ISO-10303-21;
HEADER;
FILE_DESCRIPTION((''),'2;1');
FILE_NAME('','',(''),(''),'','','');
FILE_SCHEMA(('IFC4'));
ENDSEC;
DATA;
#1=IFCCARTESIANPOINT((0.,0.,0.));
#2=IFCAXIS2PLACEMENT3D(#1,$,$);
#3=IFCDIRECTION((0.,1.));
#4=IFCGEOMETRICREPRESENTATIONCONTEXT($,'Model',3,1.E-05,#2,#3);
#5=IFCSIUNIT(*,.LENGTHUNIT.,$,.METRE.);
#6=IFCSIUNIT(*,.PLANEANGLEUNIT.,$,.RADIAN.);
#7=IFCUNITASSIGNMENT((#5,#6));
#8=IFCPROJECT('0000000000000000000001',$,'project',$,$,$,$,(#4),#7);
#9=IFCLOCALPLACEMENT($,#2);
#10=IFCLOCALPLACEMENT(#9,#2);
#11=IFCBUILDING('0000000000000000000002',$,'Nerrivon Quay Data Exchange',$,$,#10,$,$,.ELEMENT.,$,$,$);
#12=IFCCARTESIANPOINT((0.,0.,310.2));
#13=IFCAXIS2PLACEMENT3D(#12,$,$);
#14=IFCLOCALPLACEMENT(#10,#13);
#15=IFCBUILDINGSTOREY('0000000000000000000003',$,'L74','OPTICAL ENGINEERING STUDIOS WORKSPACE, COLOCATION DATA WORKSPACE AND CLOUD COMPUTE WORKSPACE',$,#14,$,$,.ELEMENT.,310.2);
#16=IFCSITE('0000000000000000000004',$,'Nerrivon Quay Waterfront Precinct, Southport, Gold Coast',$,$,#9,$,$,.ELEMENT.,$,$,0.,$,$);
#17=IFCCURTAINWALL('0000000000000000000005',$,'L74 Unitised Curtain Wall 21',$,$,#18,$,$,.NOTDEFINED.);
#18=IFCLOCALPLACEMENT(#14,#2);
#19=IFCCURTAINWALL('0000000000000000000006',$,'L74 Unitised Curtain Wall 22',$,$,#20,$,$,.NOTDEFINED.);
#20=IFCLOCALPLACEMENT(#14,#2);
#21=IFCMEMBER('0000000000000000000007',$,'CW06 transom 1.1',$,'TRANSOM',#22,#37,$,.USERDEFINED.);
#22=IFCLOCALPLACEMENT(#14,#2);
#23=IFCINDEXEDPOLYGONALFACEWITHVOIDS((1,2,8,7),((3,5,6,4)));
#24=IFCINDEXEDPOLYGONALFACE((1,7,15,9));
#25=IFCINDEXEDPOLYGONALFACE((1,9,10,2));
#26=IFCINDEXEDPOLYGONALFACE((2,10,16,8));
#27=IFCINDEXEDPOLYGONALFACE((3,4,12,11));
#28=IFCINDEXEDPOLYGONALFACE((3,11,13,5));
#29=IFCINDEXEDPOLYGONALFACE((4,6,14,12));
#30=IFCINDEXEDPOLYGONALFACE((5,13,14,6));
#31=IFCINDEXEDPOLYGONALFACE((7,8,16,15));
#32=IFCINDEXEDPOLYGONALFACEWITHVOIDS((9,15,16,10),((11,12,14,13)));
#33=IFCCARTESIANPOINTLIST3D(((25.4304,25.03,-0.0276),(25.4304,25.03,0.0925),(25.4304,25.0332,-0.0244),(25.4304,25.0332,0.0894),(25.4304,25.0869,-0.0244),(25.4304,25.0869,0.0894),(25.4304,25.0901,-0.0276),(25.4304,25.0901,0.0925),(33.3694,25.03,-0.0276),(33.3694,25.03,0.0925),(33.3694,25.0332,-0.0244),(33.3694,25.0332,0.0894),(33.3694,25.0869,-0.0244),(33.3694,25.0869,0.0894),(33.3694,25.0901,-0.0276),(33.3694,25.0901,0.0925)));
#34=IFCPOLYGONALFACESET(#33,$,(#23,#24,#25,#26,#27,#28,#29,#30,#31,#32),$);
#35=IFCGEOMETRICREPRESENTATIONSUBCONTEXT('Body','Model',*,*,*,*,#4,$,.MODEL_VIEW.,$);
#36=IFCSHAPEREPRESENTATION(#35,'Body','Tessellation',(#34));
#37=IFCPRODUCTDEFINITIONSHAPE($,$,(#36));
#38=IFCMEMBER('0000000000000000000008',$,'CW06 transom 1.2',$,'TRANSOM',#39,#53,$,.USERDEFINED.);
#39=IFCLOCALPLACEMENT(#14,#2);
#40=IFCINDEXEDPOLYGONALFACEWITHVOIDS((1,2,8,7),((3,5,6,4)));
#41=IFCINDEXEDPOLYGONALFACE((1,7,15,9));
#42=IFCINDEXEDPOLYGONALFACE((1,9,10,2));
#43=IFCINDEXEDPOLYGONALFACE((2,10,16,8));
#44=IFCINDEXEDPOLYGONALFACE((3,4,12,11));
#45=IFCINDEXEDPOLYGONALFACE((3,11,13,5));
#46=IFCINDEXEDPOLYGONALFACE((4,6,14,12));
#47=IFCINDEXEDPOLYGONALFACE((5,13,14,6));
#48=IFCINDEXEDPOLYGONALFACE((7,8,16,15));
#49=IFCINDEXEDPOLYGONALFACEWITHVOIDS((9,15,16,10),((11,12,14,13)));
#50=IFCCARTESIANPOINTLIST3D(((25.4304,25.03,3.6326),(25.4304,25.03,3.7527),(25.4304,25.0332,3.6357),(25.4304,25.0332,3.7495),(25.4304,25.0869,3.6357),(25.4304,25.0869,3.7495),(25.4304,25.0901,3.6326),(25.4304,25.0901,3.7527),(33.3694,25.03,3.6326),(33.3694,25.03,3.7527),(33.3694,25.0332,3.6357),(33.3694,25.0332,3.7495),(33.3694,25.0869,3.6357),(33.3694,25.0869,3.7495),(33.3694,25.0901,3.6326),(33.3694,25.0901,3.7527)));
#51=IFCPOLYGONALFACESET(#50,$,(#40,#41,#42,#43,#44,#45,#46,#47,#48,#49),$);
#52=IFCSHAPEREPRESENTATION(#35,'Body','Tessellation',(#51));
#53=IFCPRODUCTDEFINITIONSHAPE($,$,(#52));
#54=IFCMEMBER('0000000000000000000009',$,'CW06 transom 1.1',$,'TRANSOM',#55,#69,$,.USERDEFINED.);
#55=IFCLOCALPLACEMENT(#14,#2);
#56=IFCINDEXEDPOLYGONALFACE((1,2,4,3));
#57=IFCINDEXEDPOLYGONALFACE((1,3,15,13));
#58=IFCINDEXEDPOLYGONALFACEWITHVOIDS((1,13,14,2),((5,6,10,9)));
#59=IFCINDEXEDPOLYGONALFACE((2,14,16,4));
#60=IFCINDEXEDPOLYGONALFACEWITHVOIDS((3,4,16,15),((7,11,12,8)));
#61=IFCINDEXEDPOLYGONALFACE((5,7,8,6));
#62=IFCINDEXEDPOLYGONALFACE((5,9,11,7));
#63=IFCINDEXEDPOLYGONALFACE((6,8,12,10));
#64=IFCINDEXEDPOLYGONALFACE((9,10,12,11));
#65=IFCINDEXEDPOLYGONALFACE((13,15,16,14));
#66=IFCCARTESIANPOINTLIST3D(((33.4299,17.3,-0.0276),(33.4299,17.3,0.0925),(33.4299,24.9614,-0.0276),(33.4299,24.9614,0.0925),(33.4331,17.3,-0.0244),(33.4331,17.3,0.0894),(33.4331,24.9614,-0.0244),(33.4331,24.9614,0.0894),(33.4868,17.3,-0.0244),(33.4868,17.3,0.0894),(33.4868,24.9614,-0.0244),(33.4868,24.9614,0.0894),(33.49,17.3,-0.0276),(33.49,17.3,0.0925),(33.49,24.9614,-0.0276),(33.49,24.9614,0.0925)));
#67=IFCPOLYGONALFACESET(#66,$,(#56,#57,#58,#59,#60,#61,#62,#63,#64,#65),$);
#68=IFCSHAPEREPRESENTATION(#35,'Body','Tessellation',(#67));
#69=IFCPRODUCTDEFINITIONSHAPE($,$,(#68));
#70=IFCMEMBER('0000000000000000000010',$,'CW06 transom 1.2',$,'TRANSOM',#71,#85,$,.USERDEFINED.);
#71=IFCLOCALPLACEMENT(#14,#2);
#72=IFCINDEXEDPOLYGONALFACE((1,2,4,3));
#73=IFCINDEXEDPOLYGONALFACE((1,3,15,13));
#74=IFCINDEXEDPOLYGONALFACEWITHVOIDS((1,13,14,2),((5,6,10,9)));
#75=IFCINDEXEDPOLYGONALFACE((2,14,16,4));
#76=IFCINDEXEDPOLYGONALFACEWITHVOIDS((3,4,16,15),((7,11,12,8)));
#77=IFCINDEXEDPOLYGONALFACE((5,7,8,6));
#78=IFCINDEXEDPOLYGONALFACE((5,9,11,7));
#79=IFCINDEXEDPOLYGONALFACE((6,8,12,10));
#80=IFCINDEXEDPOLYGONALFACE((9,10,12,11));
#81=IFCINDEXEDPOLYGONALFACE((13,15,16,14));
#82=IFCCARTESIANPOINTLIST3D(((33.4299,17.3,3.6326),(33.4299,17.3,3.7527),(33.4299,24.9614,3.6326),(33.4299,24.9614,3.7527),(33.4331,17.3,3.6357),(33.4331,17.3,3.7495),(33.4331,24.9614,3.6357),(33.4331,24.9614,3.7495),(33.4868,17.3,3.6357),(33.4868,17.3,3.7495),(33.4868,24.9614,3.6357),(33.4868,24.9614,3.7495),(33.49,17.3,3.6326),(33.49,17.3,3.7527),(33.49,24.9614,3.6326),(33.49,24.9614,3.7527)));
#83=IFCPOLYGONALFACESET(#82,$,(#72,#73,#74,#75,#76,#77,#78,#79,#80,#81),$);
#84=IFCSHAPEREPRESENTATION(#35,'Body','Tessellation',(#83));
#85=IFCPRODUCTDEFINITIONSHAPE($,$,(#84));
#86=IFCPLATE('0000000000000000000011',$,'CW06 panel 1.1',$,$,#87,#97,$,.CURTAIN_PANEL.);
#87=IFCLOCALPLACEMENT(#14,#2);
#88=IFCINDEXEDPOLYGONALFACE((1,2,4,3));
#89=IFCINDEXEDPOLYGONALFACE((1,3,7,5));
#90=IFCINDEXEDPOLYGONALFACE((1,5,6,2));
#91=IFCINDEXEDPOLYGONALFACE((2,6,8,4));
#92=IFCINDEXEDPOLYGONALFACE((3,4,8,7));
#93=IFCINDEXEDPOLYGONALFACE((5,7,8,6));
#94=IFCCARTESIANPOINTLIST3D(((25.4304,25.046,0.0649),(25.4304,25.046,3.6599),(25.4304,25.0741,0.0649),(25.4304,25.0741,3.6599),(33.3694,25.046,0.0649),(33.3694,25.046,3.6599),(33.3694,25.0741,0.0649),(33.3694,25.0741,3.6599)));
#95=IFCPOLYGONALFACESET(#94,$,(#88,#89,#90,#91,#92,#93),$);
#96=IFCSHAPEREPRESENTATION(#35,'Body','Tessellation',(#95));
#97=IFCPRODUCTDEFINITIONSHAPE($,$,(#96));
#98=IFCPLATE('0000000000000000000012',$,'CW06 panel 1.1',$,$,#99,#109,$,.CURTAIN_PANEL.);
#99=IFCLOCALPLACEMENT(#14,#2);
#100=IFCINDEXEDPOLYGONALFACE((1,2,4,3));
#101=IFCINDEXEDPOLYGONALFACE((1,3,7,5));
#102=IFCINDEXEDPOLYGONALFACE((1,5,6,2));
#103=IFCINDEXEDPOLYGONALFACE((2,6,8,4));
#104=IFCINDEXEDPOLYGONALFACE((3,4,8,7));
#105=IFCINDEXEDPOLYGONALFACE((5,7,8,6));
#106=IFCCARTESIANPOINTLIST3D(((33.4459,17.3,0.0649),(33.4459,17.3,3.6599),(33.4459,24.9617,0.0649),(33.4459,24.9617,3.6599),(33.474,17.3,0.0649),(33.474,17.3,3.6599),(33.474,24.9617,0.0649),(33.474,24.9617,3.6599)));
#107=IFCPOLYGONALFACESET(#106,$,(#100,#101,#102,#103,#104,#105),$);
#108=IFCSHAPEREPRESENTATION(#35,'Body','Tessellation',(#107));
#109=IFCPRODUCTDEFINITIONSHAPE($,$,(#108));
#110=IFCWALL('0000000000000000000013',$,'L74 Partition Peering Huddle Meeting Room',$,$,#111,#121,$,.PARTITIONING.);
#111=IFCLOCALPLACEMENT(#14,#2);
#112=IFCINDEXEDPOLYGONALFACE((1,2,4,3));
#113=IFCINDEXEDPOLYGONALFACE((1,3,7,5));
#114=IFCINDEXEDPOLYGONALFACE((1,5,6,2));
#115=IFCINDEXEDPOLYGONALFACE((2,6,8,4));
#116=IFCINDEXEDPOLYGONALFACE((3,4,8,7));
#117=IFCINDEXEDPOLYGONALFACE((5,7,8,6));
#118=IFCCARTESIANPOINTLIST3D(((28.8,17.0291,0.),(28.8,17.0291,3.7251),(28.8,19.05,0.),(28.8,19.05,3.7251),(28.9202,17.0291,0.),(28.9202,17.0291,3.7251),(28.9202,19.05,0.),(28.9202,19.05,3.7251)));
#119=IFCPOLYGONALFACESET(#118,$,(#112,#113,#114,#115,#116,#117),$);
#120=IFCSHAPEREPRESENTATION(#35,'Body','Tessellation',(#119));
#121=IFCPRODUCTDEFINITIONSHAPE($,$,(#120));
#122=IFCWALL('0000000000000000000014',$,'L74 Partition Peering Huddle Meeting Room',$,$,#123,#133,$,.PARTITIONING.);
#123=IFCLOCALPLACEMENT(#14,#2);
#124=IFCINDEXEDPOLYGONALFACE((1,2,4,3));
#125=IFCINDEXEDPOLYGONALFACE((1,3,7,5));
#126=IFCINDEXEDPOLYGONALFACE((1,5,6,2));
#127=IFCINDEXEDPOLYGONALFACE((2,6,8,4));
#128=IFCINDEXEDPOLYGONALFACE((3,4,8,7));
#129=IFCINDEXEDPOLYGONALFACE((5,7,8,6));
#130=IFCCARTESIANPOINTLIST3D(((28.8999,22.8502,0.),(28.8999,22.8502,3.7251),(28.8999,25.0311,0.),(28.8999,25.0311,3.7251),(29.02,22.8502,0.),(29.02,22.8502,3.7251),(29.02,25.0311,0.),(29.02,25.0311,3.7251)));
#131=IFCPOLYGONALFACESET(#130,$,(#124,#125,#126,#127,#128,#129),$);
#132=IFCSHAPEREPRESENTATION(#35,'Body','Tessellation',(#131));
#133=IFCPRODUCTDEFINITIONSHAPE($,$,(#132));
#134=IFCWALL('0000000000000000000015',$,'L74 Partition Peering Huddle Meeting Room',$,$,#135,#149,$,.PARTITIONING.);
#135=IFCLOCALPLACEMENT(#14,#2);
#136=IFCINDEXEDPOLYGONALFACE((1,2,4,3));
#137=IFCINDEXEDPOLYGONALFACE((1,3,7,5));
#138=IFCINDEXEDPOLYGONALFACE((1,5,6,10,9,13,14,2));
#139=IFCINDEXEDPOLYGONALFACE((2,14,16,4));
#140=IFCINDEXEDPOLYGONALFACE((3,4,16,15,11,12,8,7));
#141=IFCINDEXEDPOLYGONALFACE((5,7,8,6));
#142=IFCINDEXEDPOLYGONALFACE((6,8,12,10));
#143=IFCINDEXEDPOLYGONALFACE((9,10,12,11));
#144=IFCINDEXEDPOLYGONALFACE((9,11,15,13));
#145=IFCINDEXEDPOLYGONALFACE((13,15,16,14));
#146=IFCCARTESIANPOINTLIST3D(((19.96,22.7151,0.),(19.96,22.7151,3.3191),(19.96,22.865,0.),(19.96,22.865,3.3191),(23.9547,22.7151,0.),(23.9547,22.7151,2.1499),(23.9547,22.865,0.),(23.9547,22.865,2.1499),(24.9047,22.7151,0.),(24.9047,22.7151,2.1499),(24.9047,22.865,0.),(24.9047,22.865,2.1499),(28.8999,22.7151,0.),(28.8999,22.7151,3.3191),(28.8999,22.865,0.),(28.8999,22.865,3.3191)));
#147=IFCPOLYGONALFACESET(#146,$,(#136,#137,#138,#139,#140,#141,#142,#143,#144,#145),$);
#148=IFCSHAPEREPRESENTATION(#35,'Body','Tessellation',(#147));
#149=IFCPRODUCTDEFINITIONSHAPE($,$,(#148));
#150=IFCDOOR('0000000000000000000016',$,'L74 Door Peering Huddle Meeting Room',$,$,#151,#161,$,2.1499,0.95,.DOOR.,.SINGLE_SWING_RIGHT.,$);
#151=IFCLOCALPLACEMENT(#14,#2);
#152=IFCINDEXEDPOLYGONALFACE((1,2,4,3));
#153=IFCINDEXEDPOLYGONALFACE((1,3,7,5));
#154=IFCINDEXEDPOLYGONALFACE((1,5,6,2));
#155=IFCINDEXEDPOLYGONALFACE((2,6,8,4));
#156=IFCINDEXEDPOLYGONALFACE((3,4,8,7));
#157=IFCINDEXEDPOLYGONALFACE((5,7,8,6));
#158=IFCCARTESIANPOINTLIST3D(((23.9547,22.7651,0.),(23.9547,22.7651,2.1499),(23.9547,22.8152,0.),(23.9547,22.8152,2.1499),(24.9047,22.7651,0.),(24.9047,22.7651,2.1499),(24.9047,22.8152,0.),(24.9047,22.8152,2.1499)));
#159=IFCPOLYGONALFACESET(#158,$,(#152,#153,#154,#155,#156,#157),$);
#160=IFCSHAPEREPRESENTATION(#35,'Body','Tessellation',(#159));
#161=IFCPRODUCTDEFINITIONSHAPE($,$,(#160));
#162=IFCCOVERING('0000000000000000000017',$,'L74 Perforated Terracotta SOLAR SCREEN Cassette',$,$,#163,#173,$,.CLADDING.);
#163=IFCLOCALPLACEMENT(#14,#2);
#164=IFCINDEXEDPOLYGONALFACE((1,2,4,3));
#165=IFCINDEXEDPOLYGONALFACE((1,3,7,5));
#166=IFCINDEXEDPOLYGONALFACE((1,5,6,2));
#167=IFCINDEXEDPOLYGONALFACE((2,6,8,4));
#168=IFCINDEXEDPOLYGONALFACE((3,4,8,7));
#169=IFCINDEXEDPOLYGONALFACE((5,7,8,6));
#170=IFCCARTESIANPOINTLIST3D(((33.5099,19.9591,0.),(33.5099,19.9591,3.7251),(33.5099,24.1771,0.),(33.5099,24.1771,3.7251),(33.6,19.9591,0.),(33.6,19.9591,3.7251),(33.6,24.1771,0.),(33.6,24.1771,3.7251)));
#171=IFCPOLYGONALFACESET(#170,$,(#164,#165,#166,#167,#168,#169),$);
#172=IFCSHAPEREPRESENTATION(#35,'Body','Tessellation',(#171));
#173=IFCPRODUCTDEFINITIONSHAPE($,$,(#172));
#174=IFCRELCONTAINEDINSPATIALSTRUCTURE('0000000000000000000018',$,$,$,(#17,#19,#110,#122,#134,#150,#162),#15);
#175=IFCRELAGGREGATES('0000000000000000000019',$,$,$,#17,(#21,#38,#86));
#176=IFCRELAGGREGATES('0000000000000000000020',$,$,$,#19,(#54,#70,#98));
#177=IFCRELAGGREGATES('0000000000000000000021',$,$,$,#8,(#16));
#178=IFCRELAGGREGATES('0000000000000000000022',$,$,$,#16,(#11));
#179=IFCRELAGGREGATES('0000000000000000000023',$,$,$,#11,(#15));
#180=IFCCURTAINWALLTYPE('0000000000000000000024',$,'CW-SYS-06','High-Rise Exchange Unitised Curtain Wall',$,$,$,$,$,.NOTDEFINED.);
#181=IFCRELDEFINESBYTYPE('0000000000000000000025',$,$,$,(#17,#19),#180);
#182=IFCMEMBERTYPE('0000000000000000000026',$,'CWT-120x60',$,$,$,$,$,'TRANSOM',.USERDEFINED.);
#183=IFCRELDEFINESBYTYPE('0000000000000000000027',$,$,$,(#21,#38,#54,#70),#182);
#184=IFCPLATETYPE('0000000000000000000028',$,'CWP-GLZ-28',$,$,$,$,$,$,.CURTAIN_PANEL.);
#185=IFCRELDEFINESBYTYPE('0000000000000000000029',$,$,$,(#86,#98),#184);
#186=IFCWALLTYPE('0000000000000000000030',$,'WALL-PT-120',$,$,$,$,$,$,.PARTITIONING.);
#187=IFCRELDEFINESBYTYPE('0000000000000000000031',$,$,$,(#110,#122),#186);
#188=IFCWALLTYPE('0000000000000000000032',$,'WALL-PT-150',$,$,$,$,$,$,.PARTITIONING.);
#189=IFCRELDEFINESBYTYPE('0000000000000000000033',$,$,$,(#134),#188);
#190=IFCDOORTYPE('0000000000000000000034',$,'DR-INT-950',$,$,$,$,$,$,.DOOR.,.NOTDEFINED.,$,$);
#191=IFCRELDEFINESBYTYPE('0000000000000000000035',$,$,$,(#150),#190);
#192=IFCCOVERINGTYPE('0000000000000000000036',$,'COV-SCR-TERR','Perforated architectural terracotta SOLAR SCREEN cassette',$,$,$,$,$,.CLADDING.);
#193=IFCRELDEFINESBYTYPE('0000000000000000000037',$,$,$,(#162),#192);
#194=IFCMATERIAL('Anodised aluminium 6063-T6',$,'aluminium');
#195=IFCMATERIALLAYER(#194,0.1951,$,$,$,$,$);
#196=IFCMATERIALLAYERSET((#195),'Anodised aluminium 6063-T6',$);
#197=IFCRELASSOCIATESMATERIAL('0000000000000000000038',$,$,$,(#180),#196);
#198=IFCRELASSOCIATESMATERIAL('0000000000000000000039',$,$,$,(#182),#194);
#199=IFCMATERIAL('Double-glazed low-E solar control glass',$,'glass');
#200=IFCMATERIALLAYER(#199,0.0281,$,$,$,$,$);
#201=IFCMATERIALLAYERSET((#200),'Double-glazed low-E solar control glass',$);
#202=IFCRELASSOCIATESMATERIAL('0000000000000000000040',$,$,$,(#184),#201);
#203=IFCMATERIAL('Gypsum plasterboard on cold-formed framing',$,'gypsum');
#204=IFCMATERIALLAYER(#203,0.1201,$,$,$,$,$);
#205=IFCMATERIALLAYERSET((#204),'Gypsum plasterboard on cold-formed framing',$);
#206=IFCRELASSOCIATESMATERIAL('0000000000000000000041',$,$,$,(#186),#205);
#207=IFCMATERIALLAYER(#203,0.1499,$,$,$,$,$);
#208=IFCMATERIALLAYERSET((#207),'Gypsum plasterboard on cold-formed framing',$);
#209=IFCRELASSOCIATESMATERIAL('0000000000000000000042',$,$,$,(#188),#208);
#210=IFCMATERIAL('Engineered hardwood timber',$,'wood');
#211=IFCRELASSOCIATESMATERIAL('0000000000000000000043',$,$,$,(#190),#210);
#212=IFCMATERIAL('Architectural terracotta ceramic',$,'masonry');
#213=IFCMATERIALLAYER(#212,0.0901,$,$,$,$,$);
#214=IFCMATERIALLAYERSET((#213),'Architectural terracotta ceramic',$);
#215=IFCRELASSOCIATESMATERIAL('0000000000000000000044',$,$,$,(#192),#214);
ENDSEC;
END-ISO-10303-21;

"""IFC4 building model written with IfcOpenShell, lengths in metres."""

from ifc_helpers import new_model, si_unit, direction, frame, frame_2d, origin, origin_2d, place, context, subcontext, project, spatial, rectangle, hollow_rectangle, extrude, material, layer, layer_set, material_profile, profile_set, type_object, element, fill, aggregate, save


model = new_model("IFC4")

# Units and contexts
model_context = context("Model", 3, precision=1e-05, world=origin(), true_north=direction((0.0, 1.0)))
body_context = subcontext(model_context, "Body", "Model", "MODEL_VIEW")
ifc_project = project(units=[si_unit("LENGTHUNIT", "METRE"), si_unit("PLANEANGLEUNIT", "RADIAN")], contexts=[model_context])

# Site, building, storey
site_placement = place(None, origin())
site = spatial("IfcSite", under=ifc_project, at=site_placement, Name="Nerrivon Quay Waterfront Precinct, Southport, Gold Coast", CompositionType="ELEMENT", RefElevation=0.0)
building_placement = place(site_placement, origin())
building = spatial("IfcBuilding", under=site, at=building_placement, Name="Nerrivon Quay Data Exchange", CompositionType="ELEMENT")
storey_placement = place(building_placement, frame((0.0, 0.0, 310.2)))
storey = spatial("IfcBuildingStorey", under=building, at=storey_placement, Name="L74", Description="OPTICAL ENGINEERING STUDIOS WORKSPACE, COLOCATION DATA WORKSPACE AND CLOUD COMPUTE WORKSPACE", CompositionType="ELEMENT", Elevation=310.2)

# Curtain walls
ifc_material_1 = material(Name="Anodised aluminium 6063-T6", Category="aluminium")
ifc_layer_1 = layer(ifc_material_1, 0.1951)
ifc_layer_set_1 = layer_set([ifc_layer_1], Name="Anodised aluminium 6063-T6")
curtain_wall_type = type_object("IfcCurtainWallType", Name="CW-SYS-06", Description="High-Rise Exchange Unitised Curtain Wall", PredefinedType="NOTDEFINED", material=ifc_layer_set_1)
curtain_wall_1_placement = place(storey_placement, origin())
curtain_wall_1 = element("IfcCurtainWall", 1, at=curtain_wall_1_placement, inside=storey, type_object=curtain_wall_type, Name="L74 Unitised Curtain Wall 21", PredefinedType="NOTDEFINED")
curtain_wall_2_placement = place(storey_placement, origin())
curtain_wall_2 = element("IfcCurtainWall", 2, at=curtain_wall_2_placement, inside=storey, type_object=curtain_wall_type, Name="L74 Unitised Curtain Wall 22", PredefinedType="NOTDEFINED")

# Members
ifc_material_profile_1 = material_profile(ifc_material_1, hollow_rectangle(XDim=0.0601, YDim=0.1201, WallThickness=0.0032, at=origin_2d()), Name="ALU-TRAN-120x60")
ifc_profile_set_1 = profile_set([ifc_material_profile_1], Name="Anodised aluminium 6063-T6")
member_type_1 = type_object("IfcMemberType", Name="CWT-120x60", ElementType="TRANSOM", PredefinedType="USERDEFINED", material=ifc_profile_set_1)
member_1_placement = place(storey_placement, frame((25.4304, 25.0601, 0.0325), z_axis=(1.0, 0.0, 0.0), x_axis=(0.0, 1.0, 0.0)))
member_1 = element("IfcMember", 3, at=member_1_placement, type_object=member_type_1, Name="CW06 transom 1.1", ObjectType="TRANSOM", PredefinedType="USERDEFINED", context=body_context, shape_type="SweptSolid", body=[
    extrude(hollow_rectangle(XDim=0.0601, YDim=0.1201, WallThickness=0.0032, at=origin_2d()), origin(), (0.0, 0.0, 1.0), 7.939),
])
member_2_placement = place(storey_placement, frame((25.4304, 25.0601, 3.6926), z_axis=(1.0, 0.0, 0.0), x_axis=(0.0, 1.0, 0.0)))
member_2 = element("IfcMember", 4, at=member_2_placement, type_object=member_type_1, Name="CW06 transom 1.2", ObjectType="TRANSOM", PredefinedType="USERDEFINED", context=body_context, shape_type="SweptSolid", body=[
    extrude(hollow_rectangle(XDim=0.0601, YDim=0.1201, WallThickness=0.0032, at=origin_2d()), origin(), (0.0, 0.0, 1.0), 7.939),
])
member_3_placement = place(storey_placement, frame((33.46, 24.9614, 0.0325), z_axis=(0.0, -1.0, 0.0), x_axis=(1.0, 0.0, 0.0)))
member_3 = element("IfcMember", 5, at=member_3_placement, type_object=member_type_1, Name="CW06 transom 1.1", ObjectType="TRANSOM", PredefinedType="USERDEFINED", context=body_context, shape_type="SweptSolid", body=[
    extrude(hollow_rectangle(XDim=0.0601, YDim=0.1201, WallThickness=0.0032, at=origin_2d()), origin(), (0.0, 0.0, 1.0), 7.6614),
])
member_4_placement = place(storey_placement, frame((33.46, 24.9614, 3.6926), z_axis=(0.0, -1.0, 0.0), x_axis=(1.0, 0.0, 0.0)))
member_4 = element("IfcMember", 6, at=member_4_placement, type_object=member_type_1, Name="CW06 transom 1.2", ObjectType="TRANSOM", PredefinedType="USERDEFINED", context=body_context, shape_type="SweptSolid", body=[
    extrude(hollow_rectangle(XDim=0.0601, YDim=0.1201, WallThickness=0.0032, at=origin_2d()), origin(), (0.0, 0.0, 1.0), 7.6614),
])

# Plates
ifc_material_2 = material(Name="Double-glazed low-E solar control glass", Category="glass")
ifc_layer_2 = layer(ifc_material_2, 0.0281)
ifc_layer_set_2 = layer_set([ifc_layer_2], Name="Double-glazed low-E solar control glass")
plate_type = type_object("IfcPlateType", Name="CWP-GLZ-28", PredefinedType="CURTAIN_PANEL", material=ifc_layer_set_2)
plate_1_placement = place(storey_placement, frame((29.3999, 25.0601, 0.0649), z_axis=(0.0, 0.0, 1.0), x_axis=(1.0, 0.0, 0.0)))
plate_1 = element("IfcPlate", 7, at=plate_1_placement, type_object=plate_type, Name="CW06 panel 1.1", PredefinedType="CURTAIN_PANEL", context=body_context, shape_type="SweptSolid", body=[
    extrude(rectangle(XDim=7.939, YDim=0.0281, at=origin_2d()), origin(), (0.0, 0.0, 1.0), 3.595),
])
aggregate(curtain_wall_1, [member_1, member_2, plate_1])
plate_2_placement = place(storey_placement, frame((33.46, 21.1309, 0.0649), z_axis=(0.0, 0.0, 1.0), x_axis=(0.0, -1.0, 0.0)))
plate_2 = element("IfcPlate", 8, at=plate_2_placement, type_object=plate_type, Name="CW06 panel 1.1", PredefinedType="CURTAIN_PANEL", context=body_context, shape_type="SweptSolid", body=[
    extrude(rectangle(XDim=7.6616, YDim=0.0281, at=origin_2d()), origin(), (0.0, 0.0, 1.0), 3.595),
])
aggregate(curtain_wall_2, [member_3, member_4, plate_2])

# Walls
ifc_material_3 = material(Name="Gypsum plasterboard on cold-formed framing", Category="gypsum")
ifc_layer_3 = layer(ifc_material_3, 0.1201)
ifc_layer_set_3 = layer_set([ifc_layer_3], Name="Gypsum plasterboard on cold-formed framing")
wall_type_1 = type_object("IfcWallType", Name="WALL-PT-120", PredefinedType="PARTITIONING", material=ifc_layer_set_3)
wall_1_placement = place(storey_placement, frame((28.8601, 19.05, 0.0), z_axis=(0.0, 0.0, 1.0), x_axis=(0.0, -1.0, 0.0)))
element("IfcWall", 9, at=wall_1_placement, inside=storey, type_object=wall_type_1, Name="L74 Partition Peering Huddle Meeting Room", PredefinedType="PARTITIONING", context=body_context, shape_type="SweptSolid", body=[
    extrude(rectangle(XDim=2.021, YDim=0.1201, at=frame_2d((1.0105, 0.0))), origin(), (0.0, 0.0, 1.0), 3.7251),
])
wall_2_placement = place(storey_placement, frame((28.96, 25.031, 0.0), z_axis=(0.0, 0.0, 1.0), x_axis=(0.0, -1.0, 0.0)))
element("IfcWall", 10, at=wall_2_placement, inside=storey, type_object=wall_type_1, Name="L74 Partition Peering Huddle Meeting Room", PredefinedType="PARTITIONING", context=body_context, shape_type="SweptSolid", body=[
    extrude(rectangle(XDim=2.1809, YDim=0.1201, at=frame_2d((1.0903, 0.0))), origin(), (0.0, 0.0, 1.0), 3.7251),
])

# Wall, opening, door
ifc_layer_4 = layer(ifc_material_3, 0.1499)
ifc_layer_set_4 = layer_set([ifc_layer_4], Name="Gypsum plasterboard on cold-formed framing")
wall_type_2 = type_object("IfcWallType", Name="WALL-PT-150", PredefinedType="PARTITIONING", material=ifc_layer_set_4)
wall_3_placement = place(storey_placement, frame((28.8999, 22.79, 0.0), z_axis=(0.0, 0.0, 1.0), x_axis=(-1.0, 0.0, 0.0)))
wall_3 = element("IfcWall", 11, at=wall_3_placement, inside=storey, type_object=wall_type_2, Name="L74 Partition Peering Huddle Meeting Room", PredefinedType="PARTITIONING", context=body_context, shape_type="SweptSolid", body=[
    extrude(rectangle(XDim=8.9399, YDim=0.1499, at=frame_2d((4.47, 0.0))), origin(), (0.0, 0.0, 1.0), 3.3191),
])
opening_placement = place(wall_3_placement, frame((3.9951, 0.0, 0.0)))
opening = element("IfcOpeningElement", 12, at=opening_placement, cuts=wall_3, PredefinedType="OPENING", context=body_context, shape_type="SweptSolid", body=[
    extrude(rectangle(XDim=0.95, YDim=2.1499, at=frame_2d((0.4751, 1.075))), frame((0.0, 0.085, 0.0), z_axis=(0.0, -1.0, 0.0), x_axis=(1.0, 0.0, 0.0)), (0.0, 0.0, 1.0), 0.1699),
])
ifc_material_4 = material(Name="Engineered hardwood timber", Category="wood")
door_type = type_object("IfcDoorType", Name="DR-INT-950", OperationType="NOTDEFINED", PredefinedType="DOOR", material=ifc_material_4)
door_placement = place(opening_placement, origin())
door = element("IfcDoor", 13, at=door_placement, inside=storey, type_object=door_type, Name="L74 Door Peering Huddle Meeting Room", OperationType="SINGLE_SWING_RIGHT", OverallHeight=2.1499, OverallWidth=0.95, PredefinedType="DOOR", context=body_context, shape_type="SweptSolid", body=[
    extrude(rectangle(XDim=0.95, YDim=2.1499, at=frame_2d((0.4751, 1.075))), frame((0.0, 0.0249, 0.0), z_axis=(0.0, -1.0, 0.0), x_axis=(1.0, 0.0, 0.0)), (0.0, 0.0, 1.0), 0.05),
])
fill(opening, door)

# Covering
ifc_material_5 = material(Name="Architectural terracotta ceramic", Category="masonry")
ifc_layer_5 = layer(ifc_material_5, 0.0901)
ifc_layer_set_5 = layer_set([ifc_layer_5], Name="Architectural terracotta ceramic")
covering_type = type_object("IfcCoveringType", Name="COV-SCR-TERR", Description="Perforated architectural terracotta SOLAR SCREEN cassette", PredefinedType="CLADDING", material=ifc_layer_set_5)
covering_placement = place(storey_placement, frame((33.5549, 22.0681, 0.0), z_axis=(0.0, 0.0, 1.0), x_axis=(0.0, -1.0, 0.0)))
element("IfcCovering", 14, at=covering_placement, inside=storey, type_object=covering_type, Name="L74 Perforated Terracotta SOLAR SCREEN Cassette", PredefinedType="CLADDING", context=body_context, shape_type="SweptSolid", body=[
    extrude(rectangle(XDim=4.218, YDim=0.0901, at=origin_2d()), origin(), (0.0, 0.0, 1.0), 3.7251),
])

save(model, "model.ifc")
